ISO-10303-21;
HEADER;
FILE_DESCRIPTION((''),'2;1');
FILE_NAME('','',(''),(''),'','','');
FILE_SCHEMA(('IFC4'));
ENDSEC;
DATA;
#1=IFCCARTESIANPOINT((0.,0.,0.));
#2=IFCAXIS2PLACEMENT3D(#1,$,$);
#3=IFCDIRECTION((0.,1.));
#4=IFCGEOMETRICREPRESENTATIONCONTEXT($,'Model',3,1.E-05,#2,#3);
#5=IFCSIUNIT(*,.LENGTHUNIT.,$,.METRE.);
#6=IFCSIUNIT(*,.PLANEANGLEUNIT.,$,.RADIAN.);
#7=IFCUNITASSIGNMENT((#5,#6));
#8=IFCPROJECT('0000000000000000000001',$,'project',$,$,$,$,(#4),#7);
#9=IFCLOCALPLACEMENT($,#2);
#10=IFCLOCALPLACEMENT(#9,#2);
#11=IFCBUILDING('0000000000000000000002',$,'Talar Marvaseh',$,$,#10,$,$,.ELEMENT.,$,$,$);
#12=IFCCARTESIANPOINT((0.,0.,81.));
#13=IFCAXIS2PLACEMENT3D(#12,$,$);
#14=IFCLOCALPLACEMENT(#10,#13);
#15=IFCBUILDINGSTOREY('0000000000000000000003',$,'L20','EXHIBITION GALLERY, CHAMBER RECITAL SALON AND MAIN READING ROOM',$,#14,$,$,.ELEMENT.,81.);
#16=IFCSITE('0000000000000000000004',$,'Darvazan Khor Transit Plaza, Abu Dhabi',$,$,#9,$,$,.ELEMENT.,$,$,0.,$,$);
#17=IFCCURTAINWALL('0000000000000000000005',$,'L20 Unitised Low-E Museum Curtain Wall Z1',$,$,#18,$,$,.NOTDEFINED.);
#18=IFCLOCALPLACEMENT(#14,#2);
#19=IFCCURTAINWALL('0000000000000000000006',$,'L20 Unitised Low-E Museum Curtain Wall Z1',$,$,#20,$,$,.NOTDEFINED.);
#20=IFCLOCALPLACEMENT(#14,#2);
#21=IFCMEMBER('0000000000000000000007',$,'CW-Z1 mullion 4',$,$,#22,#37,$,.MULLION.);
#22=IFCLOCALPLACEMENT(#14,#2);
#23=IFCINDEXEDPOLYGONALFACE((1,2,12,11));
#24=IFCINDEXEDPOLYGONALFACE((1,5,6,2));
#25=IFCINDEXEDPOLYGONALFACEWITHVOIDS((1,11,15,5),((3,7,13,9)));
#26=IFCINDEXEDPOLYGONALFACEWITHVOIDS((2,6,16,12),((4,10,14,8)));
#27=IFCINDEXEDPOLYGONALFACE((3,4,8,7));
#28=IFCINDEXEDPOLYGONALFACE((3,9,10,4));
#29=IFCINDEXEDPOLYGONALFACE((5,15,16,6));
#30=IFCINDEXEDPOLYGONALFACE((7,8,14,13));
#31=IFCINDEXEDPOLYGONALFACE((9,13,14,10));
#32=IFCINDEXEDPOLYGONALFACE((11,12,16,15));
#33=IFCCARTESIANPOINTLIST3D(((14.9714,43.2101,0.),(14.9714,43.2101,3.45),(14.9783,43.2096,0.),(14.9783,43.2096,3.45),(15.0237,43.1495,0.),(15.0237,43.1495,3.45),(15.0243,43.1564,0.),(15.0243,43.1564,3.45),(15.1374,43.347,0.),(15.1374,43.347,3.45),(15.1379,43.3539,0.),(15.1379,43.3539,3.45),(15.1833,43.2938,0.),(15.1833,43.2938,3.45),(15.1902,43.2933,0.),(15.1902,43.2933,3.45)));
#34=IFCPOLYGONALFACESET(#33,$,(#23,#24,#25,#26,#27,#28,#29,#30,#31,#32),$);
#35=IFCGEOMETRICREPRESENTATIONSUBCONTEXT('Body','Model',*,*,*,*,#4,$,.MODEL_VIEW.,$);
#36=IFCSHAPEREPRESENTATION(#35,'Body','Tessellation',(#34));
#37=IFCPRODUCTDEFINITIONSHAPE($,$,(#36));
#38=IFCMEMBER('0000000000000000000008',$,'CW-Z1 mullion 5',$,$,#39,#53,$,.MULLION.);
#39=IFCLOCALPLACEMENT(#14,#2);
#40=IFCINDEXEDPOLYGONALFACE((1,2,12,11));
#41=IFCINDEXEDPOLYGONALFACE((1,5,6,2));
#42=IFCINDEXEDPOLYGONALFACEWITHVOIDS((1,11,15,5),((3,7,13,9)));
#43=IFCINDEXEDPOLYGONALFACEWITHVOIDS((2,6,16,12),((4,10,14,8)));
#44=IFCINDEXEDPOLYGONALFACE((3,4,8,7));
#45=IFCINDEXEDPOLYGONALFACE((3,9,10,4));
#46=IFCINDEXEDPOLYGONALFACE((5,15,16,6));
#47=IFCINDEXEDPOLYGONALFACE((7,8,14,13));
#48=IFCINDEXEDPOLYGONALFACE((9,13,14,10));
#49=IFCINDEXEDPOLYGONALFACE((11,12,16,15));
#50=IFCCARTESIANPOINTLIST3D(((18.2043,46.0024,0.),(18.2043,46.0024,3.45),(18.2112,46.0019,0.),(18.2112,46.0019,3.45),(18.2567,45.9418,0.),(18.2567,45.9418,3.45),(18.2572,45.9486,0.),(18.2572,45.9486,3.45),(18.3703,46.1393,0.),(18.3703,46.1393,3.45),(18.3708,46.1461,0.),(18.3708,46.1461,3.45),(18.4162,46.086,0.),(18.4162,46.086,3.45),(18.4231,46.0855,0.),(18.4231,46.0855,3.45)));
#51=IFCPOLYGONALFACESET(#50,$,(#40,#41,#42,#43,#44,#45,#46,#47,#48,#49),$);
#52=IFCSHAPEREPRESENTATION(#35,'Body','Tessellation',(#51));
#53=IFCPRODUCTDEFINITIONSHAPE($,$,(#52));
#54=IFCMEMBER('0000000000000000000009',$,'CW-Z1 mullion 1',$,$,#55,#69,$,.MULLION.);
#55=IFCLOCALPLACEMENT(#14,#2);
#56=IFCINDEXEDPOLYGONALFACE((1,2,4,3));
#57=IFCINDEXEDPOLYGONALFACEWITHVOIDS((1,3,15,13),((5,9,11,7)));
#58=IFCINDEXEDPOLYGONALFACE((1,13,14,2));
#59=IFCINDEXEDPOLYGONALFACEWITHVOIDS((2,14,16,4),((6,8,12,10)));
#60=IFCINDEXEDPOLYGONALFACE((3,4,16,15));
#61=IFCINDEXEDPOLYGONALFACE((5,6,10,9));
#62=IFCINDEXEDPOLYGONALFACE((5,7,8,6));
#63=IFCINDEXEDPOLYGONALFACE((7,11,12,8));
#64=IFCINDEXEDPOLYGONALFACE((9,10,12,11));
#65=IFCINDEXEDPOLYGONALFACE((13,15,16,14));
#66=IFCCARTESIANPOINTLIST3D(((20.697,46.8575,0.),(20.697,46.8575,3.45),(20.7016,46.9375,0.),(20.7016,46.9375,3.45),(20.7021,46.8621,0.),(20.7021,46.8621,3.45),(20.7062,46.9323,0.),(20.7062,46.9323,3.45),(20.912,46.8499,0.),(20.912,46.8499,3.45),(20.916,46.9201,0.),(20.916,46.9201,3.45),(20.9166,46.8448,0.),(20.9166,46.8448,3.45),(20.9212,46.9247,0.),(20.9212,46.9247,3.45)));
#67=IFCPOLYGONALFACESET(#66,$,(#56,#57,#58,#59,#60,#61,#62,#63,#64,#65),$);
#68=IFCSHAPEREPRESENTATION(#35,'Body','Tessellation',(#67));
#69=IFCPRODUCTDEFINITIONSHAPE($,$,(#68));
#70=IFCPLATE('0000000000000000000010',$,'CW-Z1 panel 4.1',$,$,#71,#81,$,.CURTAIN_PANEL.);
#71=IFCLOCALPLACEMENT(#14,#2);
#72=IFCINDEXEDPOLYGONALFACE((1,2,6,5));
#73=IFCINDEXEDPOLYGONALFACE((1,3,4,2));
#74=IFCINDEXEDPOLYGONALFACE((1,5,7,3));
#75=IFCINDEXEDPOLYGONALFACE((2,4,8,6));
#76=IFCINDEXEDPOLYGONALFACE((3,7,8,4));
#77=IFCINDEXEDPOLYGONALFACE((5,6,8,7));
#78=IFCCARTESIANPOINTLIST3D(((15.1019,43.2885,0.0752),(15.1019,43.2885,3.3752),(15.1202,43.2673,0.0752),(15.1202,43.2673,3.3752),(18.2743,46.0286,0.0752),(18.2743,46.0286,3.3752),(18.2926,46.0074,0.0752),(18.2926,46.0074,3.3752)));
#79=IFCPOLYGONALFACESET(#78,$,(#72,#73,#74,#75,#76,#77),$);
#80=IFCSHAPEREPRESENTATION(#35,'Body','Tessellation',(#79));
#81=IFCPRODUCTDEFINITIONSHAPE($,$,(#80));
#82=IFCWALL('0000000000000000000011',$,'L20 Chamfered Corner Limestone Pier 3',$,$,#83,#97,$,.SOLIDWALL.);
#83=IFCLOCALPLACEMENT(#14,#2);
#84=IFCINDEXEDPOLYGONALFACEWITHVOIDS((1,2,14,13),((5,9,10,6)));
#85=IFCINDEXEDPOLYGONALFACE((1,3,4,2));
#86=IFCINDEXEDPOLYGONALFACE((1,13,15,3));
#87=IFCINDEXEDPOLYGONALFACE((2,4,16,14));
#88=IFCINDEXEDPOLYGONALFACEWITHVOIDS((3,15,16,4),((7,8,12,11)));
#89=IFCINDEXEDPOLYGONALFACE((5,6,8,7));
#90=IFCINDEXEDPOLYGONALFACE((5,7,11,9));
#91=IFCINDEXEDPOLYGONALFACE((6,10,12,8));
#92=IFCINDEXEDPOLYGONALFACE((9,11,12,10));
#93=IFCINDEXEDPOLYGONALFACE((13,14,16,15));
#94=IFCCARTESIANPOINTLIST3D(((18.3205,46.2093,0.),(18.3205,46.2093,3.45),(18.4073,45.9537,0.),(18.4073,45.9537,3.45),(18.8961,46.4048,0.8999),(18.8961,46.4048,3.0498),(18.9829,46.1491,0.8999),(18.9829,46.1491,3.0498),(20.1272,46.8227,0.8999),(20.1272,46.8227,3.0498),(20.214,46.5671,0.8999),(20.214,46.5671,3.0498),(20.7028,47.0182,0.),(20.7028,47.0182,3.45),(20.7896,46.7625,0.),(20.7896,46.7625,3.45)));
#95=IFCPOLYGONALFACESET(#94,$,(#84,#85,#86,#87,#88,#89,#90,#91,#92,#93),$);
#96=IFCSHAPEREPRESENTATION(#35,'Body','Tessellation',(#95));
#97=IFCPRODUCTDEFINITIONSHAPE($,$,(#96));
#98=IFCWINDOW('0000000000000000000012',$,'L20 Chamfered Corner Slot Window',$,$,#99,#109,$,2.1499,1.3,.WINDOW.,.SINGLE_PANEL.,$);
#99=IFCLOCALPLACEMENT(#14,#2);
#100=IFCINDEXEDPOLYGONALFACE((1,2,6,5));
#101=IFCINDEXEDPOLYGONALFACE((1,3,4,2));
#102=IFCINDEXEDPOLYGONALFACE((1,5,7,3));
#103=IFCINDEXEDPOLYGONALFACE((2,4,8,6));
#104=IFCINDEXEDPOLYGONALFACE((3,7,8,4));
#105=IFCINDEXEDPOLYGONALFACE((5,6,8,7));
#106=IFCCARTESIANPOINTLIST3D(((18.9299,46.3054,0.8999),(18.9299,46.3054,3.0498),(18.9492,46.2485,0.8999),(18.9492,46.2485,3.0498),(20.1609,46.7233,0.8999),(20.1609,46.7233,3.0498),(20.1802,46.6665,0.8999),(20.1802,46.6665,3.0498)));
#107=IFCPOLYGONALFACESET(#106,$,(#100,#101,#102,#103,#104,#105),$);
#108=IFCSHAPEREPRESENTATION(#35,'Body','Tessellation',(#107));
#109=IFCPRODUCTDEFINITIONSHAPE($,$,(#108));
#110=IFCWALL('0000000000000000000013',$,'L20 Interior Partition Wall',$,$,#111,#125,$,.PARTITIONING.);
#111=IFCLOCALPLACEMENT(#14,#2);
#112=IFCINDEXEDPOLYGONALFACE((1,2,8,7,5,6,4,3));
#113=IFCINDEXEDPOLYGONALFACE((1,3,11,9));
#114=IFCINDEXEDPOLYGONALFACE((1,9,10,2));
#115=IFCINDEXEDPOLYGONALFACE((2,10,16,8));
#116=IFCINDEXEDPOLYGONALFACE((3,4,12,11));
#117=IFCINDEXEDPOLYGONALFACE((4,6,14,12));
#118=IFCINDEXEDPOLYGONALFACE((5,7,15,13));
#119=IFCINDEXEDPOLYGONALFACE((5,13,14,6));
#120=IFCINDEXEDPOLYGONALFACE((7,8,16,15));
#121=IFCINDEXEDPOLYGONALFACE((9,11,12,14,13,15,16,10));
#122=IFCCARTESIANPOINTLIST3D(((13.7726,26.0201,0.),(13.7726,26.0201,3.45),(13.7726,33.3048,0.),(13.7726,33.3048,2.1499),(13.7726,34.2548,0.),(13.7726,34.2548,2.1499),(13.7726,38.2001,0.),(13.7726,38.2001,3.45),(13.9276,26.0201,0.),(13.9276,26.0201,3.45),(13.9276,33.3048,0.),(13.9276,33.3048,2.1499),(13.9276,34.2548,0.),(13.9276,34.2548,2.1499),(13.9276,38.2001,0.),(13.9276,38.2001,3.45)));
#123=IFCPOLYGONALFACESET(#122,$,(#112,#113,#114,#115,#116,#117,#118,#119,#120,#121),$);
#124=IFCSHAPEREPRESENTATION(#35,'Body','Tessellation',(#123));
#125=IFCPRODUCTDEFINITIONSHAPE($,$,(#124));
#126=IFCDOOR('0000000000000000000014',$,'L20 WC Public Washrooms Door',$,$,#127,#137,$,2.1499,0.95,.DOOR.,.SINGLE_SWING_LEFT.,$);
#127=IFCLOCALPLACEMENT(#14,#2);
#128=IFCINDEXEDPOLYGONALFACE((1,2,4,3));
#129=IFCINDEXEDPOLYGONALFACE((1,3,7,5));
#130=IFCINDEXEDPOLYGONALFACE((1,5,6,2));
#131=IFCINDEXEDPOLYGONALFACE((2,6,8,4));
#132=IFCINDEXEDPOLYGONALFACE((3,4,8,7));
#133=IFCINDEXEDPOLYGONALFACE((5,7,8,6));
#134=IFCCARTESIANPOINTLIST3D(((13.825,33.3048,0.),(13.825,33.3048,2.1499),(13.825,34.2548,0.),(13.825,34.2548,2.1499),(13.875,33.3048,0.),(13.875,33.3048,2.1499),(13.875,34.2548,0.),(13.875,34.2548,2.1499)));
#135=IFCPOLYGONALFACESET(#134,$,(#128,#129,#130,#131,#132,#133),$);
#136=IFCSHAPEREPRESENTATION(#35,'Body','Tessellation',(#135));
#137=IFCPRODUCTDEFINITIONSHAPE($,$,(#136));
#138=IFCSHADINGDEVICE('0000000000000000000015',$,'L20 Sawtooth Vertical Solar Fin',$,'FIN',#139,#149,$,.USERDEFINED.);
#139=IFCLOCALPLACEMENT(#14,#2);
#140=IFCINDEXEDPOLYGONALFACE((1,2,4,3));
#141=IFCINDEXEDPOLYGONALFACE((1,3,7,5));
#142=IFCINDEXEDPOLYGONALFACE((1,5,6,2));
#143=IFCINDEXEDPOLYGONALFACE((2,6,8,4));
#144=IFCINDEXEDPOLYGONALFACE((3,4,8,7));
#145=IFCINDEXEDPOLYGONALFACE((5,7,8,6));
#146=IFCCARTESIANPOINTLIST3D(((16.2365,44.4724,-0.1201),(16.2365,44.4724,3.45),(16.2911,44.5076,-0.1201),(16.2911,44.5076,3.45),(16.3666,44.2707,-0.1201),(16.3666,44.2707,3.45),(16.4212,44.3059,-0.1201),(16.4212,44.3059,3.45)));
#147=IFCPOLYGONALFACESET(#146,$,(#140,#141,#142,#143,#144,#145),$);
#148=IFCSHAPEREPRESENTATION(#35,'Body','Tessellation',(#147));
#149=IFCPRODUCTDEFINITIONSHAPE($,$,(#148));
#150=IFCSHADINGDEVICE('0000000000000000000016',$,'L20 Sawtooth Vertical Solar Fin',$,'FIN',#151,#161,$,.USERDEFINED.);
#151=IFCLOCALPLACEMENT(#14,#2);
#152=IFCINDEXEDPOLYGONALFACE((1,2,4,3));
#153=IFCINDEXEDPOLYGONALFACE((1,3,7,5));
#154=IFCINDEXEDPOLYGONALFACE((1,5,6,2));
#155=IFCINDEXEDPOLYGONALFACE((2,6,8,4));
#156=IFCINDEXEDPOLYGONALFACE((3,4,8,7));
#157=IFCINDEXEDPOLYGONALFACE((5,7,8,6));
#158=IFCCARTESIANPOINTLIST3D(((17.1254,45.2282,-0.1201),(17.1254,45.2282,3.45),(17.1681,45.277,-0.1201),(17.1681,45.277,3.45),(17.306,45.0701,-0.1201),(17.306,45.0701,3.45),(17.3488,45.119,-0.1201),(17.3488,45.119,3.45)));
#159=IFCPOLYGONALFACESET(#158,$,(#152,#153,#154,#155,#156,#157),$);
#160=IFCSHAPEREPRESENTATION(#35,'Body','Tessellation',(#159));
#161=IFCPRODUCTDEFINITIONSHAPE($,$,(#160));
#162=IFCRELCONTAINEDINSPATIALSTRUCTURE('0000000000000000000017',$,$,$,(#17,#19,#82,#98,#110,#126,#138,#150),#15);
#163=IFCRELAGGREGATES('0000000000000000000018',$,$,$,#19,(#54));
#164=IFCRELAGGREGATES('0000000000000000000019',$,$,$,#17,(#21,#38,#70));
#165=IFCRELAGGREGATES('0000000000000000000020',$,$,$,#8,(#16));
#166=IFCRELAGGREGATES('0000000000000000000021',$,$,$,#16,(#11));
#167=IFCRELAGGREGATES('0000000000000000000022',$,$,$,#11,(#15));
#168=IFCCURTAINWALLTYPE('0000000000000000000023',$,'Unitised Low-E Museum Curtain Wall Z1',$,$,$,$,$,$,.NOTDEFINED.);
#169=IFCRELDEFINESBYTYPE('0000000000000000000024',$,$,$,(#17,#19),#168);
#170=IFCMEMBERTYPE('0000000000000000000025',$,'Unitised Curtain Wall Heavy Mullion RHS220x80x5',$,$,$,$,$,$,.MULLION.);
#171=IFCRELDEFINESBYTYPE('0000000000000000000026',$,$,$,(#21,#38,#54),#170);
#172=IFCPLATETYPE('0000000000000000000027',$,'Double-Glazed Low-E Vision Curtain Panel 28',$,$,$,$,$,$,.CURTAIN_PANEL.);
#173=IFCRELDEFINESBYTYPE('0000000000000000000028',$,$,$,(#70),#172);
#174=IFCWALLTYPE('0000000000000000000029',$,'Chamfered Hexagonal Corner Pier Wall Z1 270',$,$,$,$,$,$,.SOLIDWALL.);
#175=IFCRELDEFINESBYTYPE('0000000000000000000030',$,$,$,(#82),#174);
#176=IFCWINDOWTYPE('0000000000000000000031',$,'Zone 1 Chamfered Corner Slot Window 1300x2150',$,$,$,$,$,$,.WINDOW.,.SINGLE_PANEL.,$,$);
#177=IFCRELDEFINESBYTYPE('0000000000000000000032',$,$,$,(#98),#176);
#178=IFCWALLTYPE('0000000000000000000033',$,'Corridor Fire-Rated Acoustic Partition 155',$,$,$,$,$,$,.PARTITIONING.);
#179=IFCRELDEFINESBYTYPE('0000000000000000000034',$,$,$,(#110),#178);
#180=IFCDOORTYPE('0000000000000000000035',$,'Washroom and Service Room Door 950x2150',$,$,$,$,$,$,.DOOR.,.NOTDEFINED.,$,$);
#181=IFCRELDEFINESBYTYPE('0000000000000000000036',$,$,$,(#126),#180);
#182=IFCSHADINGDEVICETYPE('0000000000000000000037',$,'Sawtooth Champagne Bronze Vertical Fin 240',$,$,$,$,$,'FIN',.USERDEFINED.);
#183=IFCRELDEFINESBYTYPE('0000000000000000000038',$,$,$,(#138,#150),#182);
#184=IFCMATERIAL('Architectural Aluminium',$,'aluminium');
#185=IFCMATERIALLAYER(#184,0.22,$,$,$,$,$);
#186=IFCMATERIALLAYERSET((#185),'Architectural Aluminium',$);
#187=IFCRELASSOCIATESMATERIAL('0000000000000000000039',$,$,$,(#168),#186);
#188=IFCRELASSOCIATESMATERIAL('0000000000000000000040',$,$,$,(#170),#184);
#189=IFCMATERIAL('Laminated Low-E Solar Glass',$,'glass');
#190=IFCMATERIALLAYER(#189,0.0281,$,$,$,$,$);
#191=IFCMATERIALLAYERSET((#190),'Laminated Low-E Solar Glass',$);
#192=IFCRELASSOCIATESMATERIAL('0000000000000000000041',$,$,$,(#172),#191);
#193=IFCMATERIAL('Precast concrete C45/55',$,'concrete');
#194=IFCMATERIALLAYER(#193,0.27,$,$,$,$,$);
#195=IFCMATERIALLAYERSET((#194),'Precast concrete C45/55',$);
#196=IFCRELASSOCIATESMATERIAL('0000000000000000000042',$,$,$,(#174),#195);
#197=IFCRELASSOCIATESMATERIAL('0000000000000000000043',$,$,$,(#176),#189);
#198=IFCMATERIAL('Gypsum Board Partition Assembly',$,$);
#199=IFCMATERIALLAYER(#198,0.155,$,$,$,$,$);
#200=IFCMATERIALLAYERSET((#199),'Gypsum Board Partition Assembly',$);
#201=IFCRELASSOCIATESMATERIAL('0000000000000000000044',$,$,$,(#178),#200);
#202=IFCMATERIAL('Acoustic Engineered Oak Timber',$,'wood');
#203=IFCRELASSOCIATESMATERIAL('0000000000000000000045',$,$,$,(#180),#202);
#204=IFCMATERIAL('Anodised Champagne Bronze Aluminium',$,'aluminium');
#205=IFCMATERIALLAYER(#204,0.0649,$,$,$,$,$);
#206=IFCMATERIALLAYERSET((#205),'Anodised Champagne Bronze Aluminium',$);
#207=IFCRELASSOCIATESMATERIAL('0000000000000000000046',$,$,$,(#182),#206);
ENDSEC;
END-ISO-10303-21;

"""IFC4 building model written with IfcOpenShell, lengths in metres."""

from ifc_helpers import new_model, si_unit, direction, frame, frame_2d, origin, origin_2d, place, context, subcontext, project, spatial, rectangle, hollow_rectangle, extrude, source, transform, mapped, material, layer, layer_set, material_profile, profile_set, type_object, type_shapes, element, fill, aggregate, save


model = new_model("IFC4")

# Units and contexts
model_context = context("Model", 3, precision=1e-05, world=origin(), true_north=direction((0.0, 1.0)))
body_context = subcontext(model_context, "Body", "Model", "MODEL_VIEW")
ifc_project = project(units=[si_unit("LENGTHUNIT", "METRE"), si_unit("PLANEANGLEUNIT", "RADIAN")], contexts=[model_context])

# Site, building, storey
site_placement = place(None, origin())
site = spatial("IfcSite", under=ifc_project, at=site_placement, Name="Darvazan Khor Transit Plaza, Abu Dhabi", CompositionType="ELEMENT", RefElevation=0.0)
building_placement = place(site_placement, origin())
building = spatial("IfcBuilding", under=site, at=building_placement, Name="Talar Marvaseh", CompositionType="ELEMENT")
storey_placement = place(building_placement, frame((0.0, 0.0, 81.0)))
storey = spatial("IfcBuildingStorey", under=building, at=storey_placement, Name="L20", Description="EXHIBITION GALLERY, CHAMBER RECITAL SALON AND MAIN READING ROOM", CompositionType="ELEMENT", Elevation=81.0)

# Curtain walls
ifc_material_1 = material(Name="Architectural Aluminium", Category="aluminium")
ifc_layer_1 = layer(ifc_material_1, 0.22)
ifc_layer_set_1 = layer_set([ifc_layer_1], Name="Architectural Aluminium")
curtain_wall_type = type_object("IfcCurtainWallType", Name="Unitised Low-E Museum Curtain Wall Z1", PredefinedType="NOTDEFINED", material=ifc_layer_set_1)
curtain_wall_1_placement = place(storey_placement, origin())
curtain_wall_1 = element("IfcCurtainWall", 1, at=curtain_wall_1_placement, inside=storey, type_object=curtain_wall_type, Name="L20 Unitised Low-E Museum Curtain Wall Z1", PredefinedType="NOTDEFINED")
curtain_wall_2_placement = place(storey_placement, origin())
curtain_wall_2 = element("IfcCurtainWall", 2, at=curtain_wall_2_placement, inside=storey, type_object=curtain_wall_type, Name="L20 Unitised Low-E Museum Curtain Wall Z1", PredefinedType="NOTDEFINED")

# Members
ifc_material_profile_1 = material_profile(ifc_material_1, hollow_rectangle(XDim=0.0801, YDim=0.22, WallThickness=0.0049, at=origin_2d()), Name="RHS220x80x5")
ifc_profile_set_1 = profile_set([ifc_material_profile_1], Name="Architectural Aluminium")
member_type_1 = type_object("IfcMemberType", Name="Unitised Curtain Wall Heavy Mullion RHS220x80x5", PredefinedType="MULLION", material=ifc_profile_set_1)
shared_shape_1 = source(origin(), body_context, "Body", "SweptSolid", [
    extrude(hollow_rectangle(XDim=0.0801, YDim=0.22, WallThickness=0.0049, at=origin_2d()), origin(), (0.0, 0.0, 1.0), 3.45),
])
type_shapes(member_type_1, [shared_shape_1])
member_1_placement = place(storey_placement, frame((15.0808, 43.2517, 0.0), z_axis=(0.0, 0.0, 1.0), x_axis=(-0.653657, 0.756791, 0.0)))
member_1 = element("IfcMember", 3, at=member_1_placement, type_object=member_type_1, Name="CW-Z1 mullion 4", PredefinedType="MULLION", context=body_context, shape_type="MappedRepresentation", body=[
    mapped(shared_shape_1, transform((0.0, 0.0, 0.0), x_axis=(1.0, 0.0, 0.0), y_axis=(0.0, 1.0, 0.0), z_axis=(0.0, 0.0, 1.0), scale=1.0)),
])
member_2_placement = place(storey_placement, frame((18.3137, 46.0439, 0.0), z_axis=(0.0, 0.0, 1.0), x_axis=(-0.653657, 0.756791, 0.0)))
member_2 = element("IfcMember", 4, at=member_2_placement, type_object=member_type_1, Name="CW-Z1 mullion 5", PredefinedType="MULLION", context=body_context, shape_type="MappedRepresentation", body=[
    mapped(shared_shape_1, transform((0.0, 0.0, 0.0), x_axis=(1.0, 0.0, 0.0), y_axis=(0.0, 1.0, 0.0), z_axis=(0.0, 0.0, 1.0), scale=1.0)),
])
member_3_placement = place(storey_placement, frame((20.8091, 46.8911, 0.0), z_axis=(0.0, 0.0, 1.0), x_axis=(0.057875, 0.998324, 0.0)))
member_3 = element("IfcMember", 5, at=member_3_placement, type_object=member_type_1, Name="CW-Z1 mullion 1", PredefinedType="MULLION", context=body_context, shape_type="MappedRepresentation", body=[
    mapped(shared_shape_1, transform((0.0, 0.0, 0.0), x_axis=(1.0, 0.0, 0.0), y_axis=(0.0, 1.0, 0.0), z_axis=(0.0, 0.0, 1.0), scale=1.0)),
])
aggregate(curtain_wall_2, [member_3])

# Plate
ifc_material_2 = material(Name="Laminated Low-E Solar Glass", Category="glass")
ifc_layer_2 = layer(ifc_material_2, 0.0281)
ifc_layer_set_2 = layer_set([ifc_layer_2], Name="Laminated Low-E Solar Glass")
plate_type = type_object("IfcPlateType", Name="Double-Glazed Low-E Vision Curtain Panel 28", PredefinedType="CURTAIN_PANEL", material=ifc_layer_set_2)
shared_shape_2 = source(origin(), body_context, "Body", "SweptSolid", [
    extrude(rectangle(XDim=4.1919, YDim=0.0281, at=origin_2d()), origin(), (0.0, 0.0, 1.0), 3.3),
])
type_shapes(plate_type, [shared_shape_2])
plate_placement = place(storey_placement, frame((16.6973, 44.6479, 0.0752), z_axis=(0.0, 0.0, 1.0), x_axis=(0.756791, 0.653657, 0.0)))
plate = element("IfcPlate", 6, at=plate_placement, type_object=plate_type, Name="CW-Z1 panel 4.1", PredefinedType="CURTAIN_PANEL", context=body_context, shape_type="MappedRepresentation", body=[
    mapped(shared_shape_2, transform((0.0, 0.0, 0.0), x_axis=(1.0, 0.0, 0.0), y_axis=(0.0, 1.0, 0.0), z_axis=(0.0, 0.0, 1.0), scale=1.0)),
])
aggregate(curtain_wall_1, [member_1, member_2, plate])

# Wall, opening, window
ifc_material_3 = material(Name="Precast concrete C45/55", Category="concrete")
ifc_layer_3 = layer(ifc_material_3, 0.27)
ifc_layer_set_3 = layer_set([ifc_layer_3], Name="Precast concrete C45/55")
wall_type_1 = type_object("IfcWallType", Name="Chamfered Hexagonal Corner Pier Wall Z1 270", PredefinedType="SOLIDWALL", material=ifc_layer_set_3)
wall_1_placement = place(storey_placement, frame((18.364, 46.0815, 0.0), z_axis=(0.0, 0.0, 1.0), x_axis=(0.946912, 0.321492, 0.0)))
wall_1 = element("IfcWall", 7, at=wall_1_placement, inside=storey, type_object=wall_type_1, Name="L20 Chamfered Corner Limestone Pier 3", PredefinedType="SOLIDWALL", context=body_context, shape_type="SweptSolid", body=[
    extrude(rectangle(XDim=2.5159, YDim=0.27, at=frame_2d((1.2578, 0.0))), origin(), (0.0, 0.0, 1.0), 3.45),
])
opening_1_placement = place(wall_1_placement, frame((0.6079, 0.0, 0.8999)))
opening_1 = element("IfcOpeningElement", 8, at=opening_1_placement, cuts=wall_1, PredefinedType="OPENING", context=body_context, shape_type="SweptSolid", body=[
    extrude(rectangle(XDim=1.3, YDim=2.1499, at=frame_2d((0.6499, 1.075))), frame((0.0, 0.145, 0.0), z_axis=(0.0, -1.0, 0.0), x_axis=(1.0, 0.0, 0.0)), (0.0, 0.0, 1.0), 0.29),
])
window_type = type_object("IfcWindowType", Name="Zone 1 Chamfered Corner Slot Window 1300x2150", PartitioningType="SINGLE_PANEL", PredefinedType="WINDOW", material=ifc_material_2)
shared_shape_3 = source(origin(), body_context, "Body", "SweptSolid", [
    extrude(rectangle(XDim=1.3, YDim=2.1499, at=frame_2d((0.6499, 1.075))), frame((0.0, 0.03, 0.0), z_axis=(0.0, -1.0, 0.0), x_axis=(1.0, 0.0, 0.0)), (0.0, 0.0, 1.0), 0.0601),
])
type_shapes(window_type, [shared_shape_3])
window_placement = place(opening_1_placement, origin())
window = element("IfcWindow", 9, at=window_placement, inside=storey, type_object=window_type, Name="L20 Chamfered Corner Slot Window", OverallHeight=2.1499, OverallWidth=1.3, PartitioningType="SINGLE_PANEL", PredefinedType="WINDOW", context=body_context, shape_type="MappedRepresentation", body=[
    mapped(shared_shape_3, transform((0.0, 0.0, 0.0), x_axis=(1.0, 0.0, 0.0), y_axis=(0.0, 1.0, 0.0), z_axis=(0.0, 0.0, 1.0), scale=1.0)),
])
fill(opening_1, window)

# Wall, opening, door
ifc_material_4 = material(Name="Gypsum Board Partition Assembly")
ifc_layer_4 = layer(ifc_material_4, 0.155)
ifc_layer_set_4 = layer_set([ifc_layer_4], Name="Gypsum Board Partition Assembly")
wall_type_2 = type_object("IfcWallType", Name="Corridor Fire-Rated Acoustic Partition 155", PredefinedType="PARTITIONING", material=ifc_layer_set_4)
wall_2_placement = place(storey_placement, frame((13.8501, 38.2, 0.0), z_axis=(0.0, 0.0, 1.0), x_axis=(0.0, -1.0, 0.0)))
wall_2 = element("IfcWall", 10, at=wall_2_placement, inside=storey, type_object=wall_type_2, Name="L20 Interior Partition Wall", PredefinedType="PARTITIONING", context=body_context, shape_type="SweptSolid", body=[
    extrude(rectangle(XDim=12.1799, YDim=0.155, at=frame_2d((6.0898, 0.0))), origin(), (0.0, 0.0, 1.0), 3.45),
])
opening_2_placement = place(wall_2_placement, frame((3.9451, 0.0, 0.0)))
opening_2 = element("IfcOpeningElement", 11, at=opening_2_placement, cuts=wall_2, PredefinedType="OPENING", context=body_context, shape_type="SweptSolid", body=[
    extrude(rectangle(XDim=0.95, YDim=2.1499, at=frame_2d((0.4751, 1.075))), frame((0.0, 0.0874, 0.0), z_axis=(0.0, -1.0, 0.0), x_axis=(1.0, 0.0, 0.0)), (0.0, 0.0, 1.0), 0.175),
])
ifc_material_5 = material(Name="Acoustic Engineered Oak Timber", Category="wood")
door_type = type_object("IfcDoorType", Name="Washroom and Service Room Door 950x2150", OperationType="NOTDEFINED", PredefinedType="DOOR", material=ifc_material_5)
shared_shape_4 = source(origin(), body_context, "Body", "SweptSolid", [
    extrude(rectangle(XDim=0.95, YDim=2.1499, at=frame_2d((0.4751, 1.075))), frame((0.0, 0.0249, 0.0), z_axis=(0.0, -1.0, 0.0), x_axis=(1.0, 0.0, 0.0)), (0.0, 0.0, 1.0), 0.05),
])
type_shapes(door_type, [shared_shape_4])
door_placement = place(opening_2_placement, origin())
door = element("IfcDoor", 12, at=door_placement, inside=storey, type_object=door_type, Name="L20 WC Public Washrooms Door", OperationType="SINGLE_SWING_LEFT", OverallHeight=2.1499, OverallWidth=0.95, PredefinedType="DOOR", context=body_context, shape_type="MappedRepresentation", body=[
    mapped(shared_shape_4, transform((0.0, 0.0, 0.0), x_axis=(1.0, 0.0, 0.0), y_axis=(0.0, 1.0, 0.0), z_axis=(0.0, 0.0, 1.0), scale=1.0)),
])
fill(opening_2, door)

# Shading devices
ifc_material_6 = material(Name="Anodised Champagne Bronze Aluminium", Category="aluminium")
ifc_layer_5 = layer(ifc_material_6, 0.0649)
ifc_layer_set_5 = layer_set([ifc_layer_5], Name="Anodised Champagne Bronze Aluminium")
shading_device_type_1 = type_object("IfcShadingDeviceType", Name="Sawtooth Champagne Bronze Vertical Fin 240", ElementType="FIN", PredefinedType="USERDEFINED", material=ifc_layer_set_5)
shared_shape_5 = source(origin(), body_context, "Body", "SweptSolid", [
    extrude(rectangle(XDim=0.24, YDim=0.0649, at=origin_2d()), origin(), (0.0, 0.0, 1.0), 3.5701),
])
type_shapes(shading_device_type_1, [shared_shape_5])
for number, where, z_axis, x_axis, name in (
    (13, (16.3289, 44.3892, -0.1201), (0.0, 0.0, 1.0), (-0.542002, 0.840377, 0.0), "L20 Sawtooth Vertical Solar Fin"),
    (14, (17.2371, 45.1736, -0.1201), (0.0, 0.0, 1.0), (-0.752645, 0.658427, 0.0), "L20 Sawtooth Vertical Solar Fin"),
):
    element("IfcShadingDevice", number, at=place(storey_placement, frame(where, z_axis=z_axis, x_axis=x_axis)), inside=storey, type_object=shading_device_type_1, Name=name, ObjectType="FIN", PredefinedType="USERDEFINED", context=body_context, shape_type="MappedRepresentation", body=[
        mapped(shared_shape_5, transform((0.0, 0.0, 0.0), x_axis=(1.0, 0.0, 0.0), y_axis=(0.0, 1.0, 0.0), z_axis=(0.0, 0.0, 1.0), scale=1.0)),
    ])

save(model, "model.ifc")
